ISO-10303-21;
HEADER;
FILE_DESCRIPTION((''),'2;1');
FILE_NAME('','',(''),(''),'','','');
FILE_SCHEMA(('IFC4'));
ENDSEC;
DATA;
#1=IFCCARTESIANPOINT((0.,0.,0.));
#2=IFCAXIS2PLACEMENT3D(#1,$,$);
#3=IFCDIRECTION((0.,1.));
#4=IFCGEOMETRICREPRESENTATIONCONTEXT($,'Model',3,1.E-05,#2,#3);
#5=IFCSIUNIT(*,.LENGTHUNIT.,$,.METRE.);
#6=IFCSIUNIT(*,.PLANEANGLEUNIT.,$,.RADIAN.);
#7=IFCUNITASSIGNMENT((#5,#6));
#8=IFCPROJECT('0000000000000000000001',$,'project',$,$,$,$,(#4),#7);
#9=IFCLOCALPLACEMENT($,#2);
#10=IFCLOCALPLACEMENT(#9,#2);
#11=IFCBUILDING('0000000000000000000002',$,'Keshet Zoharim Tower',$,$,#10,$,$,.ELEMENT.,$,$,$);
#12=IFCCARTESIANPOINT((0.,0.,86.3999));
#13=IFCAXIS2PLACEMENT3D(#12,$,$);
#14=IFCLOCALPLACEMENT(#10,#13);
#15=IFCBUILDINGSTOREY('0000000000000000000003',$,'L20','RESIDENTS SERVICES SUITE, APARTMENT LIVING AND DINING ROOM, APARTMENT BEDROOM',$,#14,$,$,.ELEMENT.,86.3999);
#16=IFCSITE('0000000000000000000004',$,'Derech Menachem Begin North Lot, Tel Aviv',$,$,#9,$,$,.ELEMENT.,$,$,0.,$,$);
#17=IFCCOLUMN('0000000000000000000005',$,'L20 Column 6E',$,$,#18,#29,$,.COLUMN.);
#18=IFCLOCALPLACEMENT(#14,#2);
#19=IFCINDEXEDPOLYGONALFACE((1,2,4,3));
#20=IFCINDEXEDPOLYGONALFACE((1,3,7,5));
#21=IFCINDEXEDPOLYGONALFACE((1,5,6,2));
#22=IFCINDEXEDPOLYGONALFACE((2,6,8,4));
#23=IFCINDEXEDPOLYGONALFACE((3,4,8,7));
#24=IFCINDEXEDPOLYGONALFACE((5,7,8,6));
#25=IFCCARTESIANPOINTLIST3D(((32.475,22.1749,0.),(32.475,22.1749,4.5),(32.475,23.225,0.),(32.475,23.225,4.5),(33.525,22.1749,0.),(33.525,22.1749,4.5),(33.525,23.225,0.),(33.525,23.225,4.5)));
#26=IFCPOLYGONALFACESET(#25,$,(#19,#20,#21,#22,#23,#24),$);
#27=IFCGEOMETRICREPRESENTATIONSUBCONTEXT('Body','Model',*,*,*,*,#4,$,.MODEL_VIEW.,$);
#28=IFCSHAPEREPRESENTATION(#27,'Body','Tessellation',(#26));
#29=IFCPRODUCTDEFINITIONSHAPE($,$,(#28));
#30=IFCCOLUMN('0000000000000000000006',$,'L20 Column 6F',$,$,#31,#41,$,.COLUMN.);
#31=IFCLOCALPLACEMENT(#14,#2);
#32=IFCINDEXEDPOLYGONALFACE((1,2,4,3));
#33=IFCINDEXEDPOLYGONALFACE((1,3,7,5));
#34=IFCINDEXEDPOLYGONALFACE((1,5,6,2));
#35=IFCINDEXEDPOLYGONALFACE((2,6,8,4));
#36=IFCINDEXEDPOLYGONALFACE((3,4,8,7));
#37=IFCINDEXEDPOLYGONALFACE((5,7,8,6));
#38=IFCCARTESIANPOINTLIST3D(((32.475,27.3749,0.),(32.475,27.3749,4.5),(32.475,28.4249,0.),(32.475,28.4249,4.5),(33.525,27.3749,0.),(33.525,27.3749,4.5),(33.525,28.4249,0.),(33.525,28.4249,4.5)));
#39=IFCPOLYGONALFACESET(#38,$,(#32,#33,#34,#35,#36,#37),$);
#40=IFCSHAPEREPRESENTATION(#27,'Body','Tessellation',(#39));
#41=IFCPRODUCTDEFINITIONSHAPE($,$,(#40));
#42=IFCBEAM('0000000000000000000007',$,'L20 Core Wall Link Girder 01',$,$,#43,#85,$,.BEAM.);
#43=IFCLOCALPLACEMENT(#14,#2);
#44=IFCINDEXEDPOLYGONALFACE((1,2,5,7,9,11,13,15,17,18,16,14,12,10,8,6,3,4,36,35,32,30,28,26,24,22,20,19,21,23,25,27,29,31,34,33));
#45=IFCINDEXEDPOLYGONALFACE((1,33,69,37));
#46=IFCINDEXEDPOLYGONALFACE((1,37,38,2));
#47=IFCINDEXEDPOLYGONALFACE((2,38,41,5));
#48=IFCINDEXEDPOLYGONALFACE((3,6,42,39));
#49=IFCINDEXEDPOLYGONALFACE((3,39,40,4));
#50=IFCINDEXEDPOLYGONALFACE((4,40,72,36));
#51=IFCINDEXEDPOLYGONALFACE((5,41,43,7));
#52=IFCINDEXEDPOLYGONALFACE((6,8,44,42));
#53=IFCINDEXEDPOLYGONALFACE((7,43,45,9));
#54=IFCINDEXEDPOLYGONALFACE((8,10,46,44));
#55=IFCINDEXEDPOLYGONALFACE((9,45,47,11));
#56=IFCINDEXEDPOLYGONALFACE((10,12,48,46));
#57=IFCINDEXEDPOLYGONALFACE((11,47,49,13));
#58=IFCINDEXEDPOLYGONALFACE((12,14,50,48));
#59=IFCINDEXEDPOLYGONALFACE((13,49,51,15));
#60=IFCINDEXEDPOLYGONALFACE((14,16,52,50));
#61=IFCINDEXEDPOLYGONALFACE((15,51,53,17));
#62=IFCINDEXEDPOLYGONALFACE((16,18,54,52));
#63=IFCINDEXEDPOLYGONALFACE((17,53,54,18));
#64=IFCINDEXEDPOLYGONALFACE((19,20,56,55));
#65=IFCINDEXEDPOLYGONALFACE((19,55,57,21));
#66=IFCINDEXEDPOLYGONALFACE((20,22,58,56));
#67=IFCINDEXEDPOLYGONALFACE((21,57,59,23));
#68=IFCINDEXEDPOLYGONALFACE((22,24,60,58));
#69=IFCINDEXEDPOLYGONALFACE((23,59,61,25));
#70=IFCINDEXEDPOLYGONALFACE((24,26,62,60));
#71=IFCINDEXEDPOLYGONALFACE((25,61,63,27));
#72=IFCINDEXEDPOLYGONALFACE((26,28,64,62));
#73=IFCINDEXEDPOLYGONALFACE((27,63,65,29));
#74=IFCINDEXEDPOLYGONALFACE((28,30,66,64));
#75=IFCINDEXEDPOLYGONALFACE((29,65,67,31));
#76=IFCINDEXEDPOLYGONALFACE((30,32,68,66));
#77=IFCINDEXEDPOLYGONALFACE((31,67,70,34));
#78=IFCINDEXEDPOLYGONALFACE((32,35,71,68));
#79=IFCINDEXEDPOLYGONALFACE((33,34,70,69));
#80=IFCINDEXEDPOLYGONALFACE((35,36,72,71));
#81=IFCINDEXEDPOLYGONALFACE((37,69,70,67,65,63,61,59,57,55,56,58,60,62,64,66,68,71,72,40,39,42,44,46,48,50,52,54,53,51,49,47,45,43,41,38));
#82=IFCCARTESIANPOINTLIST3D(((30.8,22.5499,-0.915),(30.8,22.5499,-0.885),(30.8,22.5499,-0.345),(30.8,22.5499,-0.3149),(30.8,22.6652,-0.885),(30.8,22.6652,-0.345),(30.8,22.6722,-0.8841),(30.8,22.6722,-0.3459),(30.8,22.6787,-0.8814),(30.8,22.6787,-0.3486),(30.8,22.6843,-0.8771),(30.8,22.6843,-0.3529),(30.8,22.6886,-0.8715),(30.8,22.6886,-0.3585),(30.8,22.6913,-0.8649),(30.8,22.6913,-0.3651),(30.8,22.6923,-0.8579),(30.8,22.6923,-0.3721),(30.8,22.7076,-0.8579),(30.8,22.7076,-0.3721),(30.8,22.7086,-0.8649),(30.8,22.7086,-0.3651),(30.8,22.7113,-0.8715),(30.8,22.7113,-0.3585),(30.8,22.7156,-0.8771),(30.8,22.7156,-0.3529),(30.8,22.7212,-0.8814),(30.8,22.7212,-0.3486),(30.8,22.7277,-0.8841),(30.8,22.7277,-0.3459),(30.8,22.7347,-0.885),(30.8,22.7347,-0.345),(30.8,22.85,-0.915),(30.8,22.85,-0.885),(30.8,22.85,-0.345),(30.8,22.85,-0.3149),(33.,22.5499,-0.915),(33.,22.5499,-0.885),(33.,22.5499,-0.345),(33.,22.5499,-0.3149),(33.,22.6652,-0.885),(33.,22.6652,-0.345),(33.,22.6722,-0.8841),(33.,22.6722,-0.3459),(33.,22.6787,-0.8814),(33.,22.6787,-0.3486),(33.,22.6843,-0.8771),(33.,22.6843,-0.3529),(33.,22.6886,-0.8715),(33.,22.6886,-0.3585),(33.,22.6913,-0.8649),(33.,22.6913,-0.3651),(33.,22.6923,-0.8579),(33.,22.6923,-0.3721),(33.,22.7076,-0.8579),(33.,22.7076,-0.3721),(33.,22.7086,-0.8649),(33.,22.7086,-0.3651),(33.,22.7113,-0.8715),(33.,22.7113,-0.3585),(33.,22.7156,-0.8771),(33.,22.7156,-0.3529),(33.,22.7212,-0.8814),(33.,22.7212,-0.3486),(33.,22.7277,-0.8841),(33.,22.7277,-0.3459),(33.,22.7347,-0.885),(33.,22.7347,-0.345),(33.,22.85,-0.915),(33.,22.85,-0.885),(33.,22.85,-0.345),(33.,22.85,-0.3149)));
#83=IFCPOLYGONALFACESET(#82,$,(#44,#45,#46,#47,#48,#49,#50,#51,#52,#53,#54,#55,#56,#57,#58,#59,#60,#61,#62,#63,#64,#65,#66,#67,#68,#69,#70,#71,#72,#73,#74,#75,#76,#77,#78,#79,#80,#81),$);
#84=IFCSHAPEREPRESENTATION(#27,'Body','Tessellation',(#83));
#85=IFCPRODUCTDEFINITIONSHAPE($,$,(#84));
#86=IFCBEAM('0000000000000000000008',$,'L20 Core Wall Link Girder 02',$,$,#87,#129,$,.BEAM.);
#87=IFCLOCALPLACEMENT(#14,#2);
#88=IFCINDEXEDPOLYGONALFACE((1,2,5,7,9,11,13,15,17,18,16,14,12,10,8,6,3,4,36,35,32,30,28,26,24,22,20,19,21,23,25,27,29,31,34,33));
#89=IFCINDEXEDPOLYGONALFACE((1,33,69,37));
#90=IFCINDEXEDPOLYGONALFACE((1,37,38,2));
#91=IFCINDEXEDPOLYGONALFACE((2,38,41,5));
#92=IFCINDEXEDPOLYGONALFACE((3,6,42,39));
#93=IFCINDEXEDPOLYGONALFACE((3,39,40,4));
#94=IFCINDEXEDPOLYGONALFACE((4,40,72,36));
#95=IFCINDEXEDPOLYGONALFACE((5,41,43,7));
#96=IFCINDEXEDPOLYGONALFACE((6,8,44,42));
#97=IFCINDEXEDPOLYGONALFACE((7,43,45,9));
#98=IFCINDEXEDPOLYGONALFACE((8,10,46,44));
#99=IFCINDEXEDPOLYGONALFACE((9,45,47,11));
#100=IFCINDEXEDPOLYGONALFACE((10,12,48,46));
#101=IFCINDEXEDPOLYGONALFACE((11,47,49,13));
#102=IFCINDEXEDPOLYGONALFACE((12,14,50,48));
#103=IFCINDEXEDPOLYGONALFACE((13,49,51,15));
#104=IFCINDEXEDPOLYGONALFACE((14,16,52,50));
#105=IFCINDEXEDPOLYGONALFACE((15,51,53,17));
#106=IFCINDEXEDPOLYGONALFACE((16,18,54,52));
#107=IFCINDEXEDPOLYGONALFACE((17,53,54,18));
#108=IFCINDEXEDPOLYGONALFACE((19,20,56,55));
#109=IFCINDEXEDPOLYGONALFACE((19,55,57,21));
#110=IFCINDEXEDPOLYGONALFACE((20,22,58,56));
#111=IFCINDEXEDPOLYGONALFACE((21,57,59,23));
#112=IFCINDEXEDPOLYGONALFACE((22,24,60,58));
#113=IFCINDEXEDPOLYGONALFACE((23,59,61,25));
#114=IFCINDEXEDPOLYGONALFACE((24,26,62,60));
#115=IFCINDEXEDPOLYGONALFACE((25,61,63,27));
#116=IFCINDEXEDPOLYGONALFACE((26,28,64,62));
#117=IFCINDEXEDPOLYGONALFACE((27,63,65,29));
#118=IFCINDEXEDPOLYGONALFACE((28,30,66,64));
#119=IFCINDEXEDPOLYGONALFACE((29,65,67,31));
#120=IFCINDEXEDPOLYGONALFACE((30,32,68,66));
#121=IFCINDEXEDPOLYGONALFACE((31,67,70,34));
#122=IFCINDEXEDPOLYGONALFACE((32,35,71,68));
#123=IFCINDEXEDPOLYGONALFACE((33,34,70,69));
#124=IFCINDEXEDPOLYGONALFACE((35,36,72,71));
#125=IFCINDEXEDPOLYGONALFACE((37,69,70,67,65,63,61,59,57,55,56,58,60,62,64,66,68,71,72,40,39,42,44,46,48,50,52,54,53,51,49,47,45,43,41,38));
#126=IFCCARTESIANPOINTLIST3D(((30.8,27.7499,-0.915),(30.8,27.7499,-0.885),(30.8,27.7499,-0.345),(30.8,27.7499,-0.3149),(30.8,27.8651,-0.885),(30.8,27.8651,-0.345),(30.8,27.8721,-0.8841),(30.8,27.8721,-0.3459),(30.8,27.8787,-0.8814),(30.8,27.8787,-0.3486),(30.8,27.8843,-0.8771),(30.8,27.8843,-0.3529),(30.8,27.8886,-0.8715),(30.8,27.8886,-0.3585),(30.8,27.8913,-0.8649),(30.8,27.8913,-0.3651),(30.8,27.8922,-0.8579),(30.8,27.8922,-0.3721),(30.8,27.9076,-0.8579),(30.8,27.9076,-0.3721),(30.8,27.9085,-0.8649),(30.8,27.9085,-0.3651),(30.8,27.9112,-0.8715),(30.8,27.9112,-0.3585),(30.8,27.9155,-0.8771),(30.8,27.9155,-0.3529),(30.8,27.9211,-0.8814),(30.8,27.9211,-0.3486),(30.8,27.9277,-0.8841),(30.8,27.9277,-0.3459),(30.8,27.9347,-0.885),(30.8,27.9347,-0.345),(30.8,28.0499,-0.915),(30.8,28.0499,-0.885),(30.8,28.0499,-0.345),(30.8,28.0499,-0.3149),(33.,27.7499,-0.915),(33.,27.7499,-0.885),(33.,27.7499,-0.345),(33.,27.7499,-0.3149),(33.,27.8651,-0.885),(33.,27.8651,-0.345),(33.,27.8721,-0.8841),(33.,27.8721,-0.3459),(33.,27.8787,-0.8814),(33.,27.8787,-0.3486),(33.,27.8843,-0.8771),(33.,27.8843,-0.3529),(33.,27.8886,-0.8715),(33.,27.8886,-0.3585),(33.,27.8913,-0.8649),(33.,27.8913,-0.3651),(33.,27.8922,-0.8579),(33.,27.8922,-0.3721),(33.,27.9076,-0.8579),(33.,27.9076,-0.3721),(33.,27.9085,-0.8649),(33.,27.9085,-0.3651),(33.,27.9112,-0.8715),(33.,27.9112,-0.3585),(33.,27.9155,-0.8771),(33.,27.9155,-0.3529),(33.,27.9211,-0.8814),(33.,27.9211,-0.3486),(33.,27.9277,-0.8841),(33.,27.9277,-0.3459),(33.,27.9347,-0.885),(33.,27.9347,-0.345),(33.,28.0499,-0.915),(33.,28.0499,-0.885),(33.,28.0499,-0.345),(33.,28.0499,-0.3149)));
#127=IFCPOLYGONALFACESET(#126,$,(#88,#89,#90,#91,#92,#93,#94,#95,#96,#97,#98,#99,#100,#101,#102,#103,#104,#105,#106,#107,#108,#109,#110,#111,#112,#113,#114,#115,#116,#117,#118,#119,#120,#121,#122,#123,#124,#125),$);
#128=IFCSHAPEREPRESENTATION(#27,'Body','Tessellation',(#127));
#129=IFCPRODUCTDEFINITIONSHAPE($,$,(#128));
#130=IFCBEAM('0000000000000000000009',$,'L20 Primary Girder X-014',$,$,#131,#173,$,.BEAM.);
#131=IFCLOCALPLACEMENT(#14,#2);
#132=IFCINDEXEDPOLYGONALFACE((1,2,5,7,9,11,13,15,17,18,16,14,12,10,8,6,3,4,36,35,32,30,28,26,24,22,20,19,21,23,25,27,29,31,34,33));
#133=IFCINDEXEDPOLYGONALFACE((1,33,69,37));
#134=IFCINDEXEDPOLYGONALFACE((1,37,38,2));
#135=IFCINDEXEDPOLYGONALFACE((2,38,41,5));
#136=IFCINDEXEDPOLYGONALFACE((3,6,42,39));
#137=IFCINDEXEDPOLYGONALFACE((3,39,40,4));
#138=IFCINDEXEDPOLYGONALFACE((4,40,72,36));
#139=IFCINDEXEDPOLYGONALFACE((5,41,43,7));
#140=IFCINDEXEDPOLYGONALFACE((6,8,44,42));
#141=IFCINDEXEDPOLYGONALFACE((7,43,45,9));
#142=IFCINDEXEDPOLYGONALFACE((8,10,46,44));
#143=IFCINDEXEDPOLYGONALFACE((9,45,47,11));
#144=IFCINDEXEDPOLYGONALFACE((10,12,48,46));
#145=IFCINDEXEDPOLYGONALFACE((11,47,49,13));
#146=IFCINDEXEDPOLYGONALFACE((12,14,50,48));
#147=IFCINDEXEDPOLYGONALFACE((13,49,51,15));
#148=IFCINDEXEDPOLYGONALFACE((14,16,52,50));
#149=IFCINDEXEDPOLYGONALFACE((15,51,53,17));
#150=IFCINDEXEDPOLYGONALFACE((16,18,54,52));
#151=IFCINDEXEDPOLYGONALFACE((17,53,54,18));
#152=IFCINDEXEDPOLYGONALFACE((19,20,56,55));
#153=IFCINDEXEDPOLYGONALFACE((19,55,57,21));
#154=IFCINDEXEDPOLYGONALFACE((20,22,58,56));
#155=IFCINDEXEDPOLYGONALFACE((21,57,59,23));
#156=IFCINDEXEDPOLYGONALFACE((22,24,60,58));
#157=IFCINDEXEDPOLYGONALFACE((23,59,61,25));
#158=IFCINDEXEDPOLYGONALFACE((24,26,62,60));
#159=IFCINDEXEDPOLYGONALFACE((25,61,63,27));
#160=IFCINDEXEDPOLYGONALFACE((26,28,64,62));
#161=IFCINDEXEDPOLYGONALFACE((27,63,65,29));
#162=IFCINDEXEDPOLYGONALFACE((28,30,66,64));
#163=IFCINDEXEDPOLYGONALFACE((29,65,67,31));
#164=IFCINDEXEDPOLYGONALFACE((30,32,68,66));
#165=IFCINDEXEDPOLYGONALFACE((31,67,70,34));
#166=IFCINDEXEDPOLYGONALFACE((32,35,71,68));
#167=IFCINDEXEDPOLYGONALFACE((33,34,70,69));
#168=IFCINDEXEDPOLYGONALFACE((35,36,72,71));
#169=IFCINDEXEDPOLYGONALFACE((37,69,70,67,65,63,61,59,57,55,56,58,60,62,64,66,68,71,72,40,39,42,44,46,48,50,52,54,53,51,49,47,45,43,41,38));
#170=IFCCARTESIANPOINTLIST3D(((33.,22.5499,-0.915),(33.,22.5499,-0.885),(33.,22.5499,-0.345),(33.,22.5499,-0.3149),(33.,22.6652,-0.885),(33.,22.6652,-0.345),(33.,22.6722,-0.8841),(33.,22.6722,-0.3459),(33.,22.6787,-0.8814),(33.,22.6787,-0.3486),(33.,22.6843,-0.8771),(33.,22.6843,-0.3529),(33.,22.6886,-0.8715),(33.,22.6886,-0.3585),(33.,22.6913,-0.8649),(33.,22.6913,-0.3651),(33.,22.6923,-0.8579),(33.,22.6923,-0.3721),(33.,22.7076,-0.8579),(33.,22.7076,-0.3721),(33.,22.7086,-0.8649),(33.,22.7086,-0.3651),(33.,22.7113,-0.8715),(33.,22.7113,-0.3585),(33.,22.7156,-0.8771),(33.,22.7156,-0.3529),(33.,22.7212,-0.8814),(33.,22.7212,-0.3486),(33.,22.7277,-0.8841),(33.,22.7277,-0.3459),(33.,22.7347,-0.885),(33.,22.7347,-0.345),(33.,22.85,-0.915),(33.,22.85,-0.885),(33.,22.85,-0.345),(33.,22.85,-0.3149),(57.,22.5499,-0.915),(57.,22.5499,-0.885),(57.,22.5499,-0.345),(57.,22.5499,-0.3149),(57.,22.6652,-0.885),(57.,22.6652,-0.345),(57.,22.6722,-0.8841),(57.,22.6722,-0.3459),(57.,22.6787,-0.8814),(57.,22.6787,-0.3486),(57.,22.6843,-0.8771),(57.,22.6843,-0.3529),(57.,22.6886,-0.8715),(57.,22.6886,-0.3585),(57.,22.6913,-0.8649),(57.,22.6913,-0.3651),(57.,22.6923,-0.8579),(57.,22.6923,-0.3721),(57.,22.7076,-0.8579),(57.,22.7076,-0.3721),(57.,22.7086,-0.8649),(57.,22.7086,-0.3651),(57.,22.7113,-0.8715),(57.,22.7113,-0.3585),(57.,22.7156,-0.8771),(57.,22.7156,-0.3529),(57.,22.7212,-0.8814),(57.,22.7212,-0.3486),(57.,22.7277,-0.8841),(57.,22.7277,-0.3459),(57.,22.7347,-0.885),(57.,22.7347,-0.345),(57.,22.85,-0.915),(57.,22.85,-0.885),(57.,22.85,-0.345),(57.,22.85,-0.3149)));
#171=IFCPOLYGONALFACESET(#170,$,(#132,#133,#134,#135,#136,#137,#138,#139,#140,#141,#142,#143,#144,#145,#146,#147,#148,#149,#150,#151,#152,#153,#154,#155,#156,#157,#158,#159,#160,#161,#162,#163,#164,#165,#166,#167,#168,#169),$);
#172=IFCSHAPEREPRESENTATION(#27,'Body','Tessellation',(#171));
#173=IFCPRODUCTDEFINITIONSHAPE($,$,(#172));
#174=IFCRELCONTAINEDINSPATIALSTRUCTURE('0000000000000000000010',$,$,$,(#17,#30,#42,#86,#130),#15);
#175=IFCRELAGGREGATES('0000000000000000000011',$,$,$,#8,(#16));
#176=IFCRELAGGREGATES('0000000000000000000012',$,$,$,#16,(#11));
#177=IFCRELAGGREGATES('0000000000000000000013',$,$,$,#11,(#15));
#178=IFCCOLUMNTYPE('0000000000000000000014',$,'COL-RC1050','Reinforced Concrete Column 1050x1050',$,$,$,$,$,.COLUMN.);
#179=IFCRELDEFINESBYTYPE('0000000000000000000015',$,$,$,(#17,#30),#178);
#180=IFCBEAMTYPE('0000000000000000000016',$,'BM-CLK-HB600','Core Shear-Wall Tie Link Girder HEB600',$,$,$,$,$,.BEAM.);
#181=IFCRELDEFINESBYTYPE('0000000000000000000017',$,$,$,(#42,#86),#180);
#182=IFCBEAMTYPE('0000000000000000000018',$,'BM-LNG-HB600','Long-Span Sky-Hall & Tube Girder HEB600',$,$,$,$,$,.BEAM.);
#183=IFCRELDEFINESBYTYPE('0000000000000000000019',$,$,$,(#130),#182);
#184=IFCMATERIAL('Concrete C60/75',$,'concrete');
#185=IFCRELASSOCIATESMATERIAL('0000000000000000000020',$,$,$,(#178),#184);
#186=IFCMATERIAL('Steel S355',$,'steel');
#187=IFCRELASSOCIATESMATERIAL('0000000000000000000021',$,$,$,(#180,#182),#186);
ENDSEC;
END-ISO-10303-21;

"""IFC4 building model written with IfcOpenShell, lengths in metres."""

from ifc_helpers import new_model, si_unit, direction, frame, origin, origin_2d, place, context, subcontext, project, spatial, rectangle, i_section, extrude, material, material_profile, profile_set, type_object, element, save


model = new_model("IFC4")

# Units and contexts
model_context = context("Model", 3, precision=1e-05, world=origin(), true_north=direction((0.0, 1.0)))
body_context = subcontext(model_context, "Body", "Model", "MODEL_VIEW")
ifc_project = project(units=[si_unit("LENGTHUNIT", "METRE"), si_unit("PLANEANGLEUNIT", "RADIAN")], contexts=[model_context])

# Site, building, storey
site_placement = place(None, origin())
site = spatial("IfcSite", under=ifc_project, at=site_placement, Name="Derech Menachem Begin North Lot, Tel Aviv", CompositionType="ELEMENT", RefElevation=0.0)
building_placement = place(site_placement, origin())
building = spatial("IfcBuilding", under=site, at=building_placement, Name="Keshet Zoharim Tower", CompositionType="ELEMENT")
storey_placement = place(building_placement, frame((0.0, 0.0, 86.3999)))
storey = spatial("IfcBuildingStorey", under=building, at=storey_placement, Name="L20", Description="RESIDENTS SERVICES SUITE, APARTMENT LIVING AND DINING ROOM, APARTMENT BEDROOM", CompositionType="ELEMENT", Elevation=86.3999)

# Columns
ifc_material_1 = material(Name="Concrete C60/75", Category="concrete")
ifc_material_profile_1 = material_profile(ifc_material_1, rectangle(XDim=1.05, YDim=1.05, at=origin_2d()), Name="RC1050x1050")
ifc_profile_set_1 = profile_set([ifc_material_profile_1], Name="Concrete C60/75")
column_type = type_object("IfcColumnType", Name="COL-RC1050", Description="Reinforced Concrete Column 1050x1050", PredefinedType="COLUMN", material=ifc_profile_set_1)
for number, where, z_axis, x_axis, name in (
    (1, (33.0, 22.7, 0.0), (0.0, 0.0, 1.0), (1.0, 0.0, 0.0), "L20 Column 6E"),
    (2, (33.0, 27.8999, 0.0), (0.0, 0.0, 1.0), (1.0, 0.0, 0.0), "L20 Column 6F"),
):
    element("IfcColumn", number, at=place(storey_placement, frame(where, z_axis=z_axis, x_axis=x_axis)), inside=storey, type_object=column_type, Name=name, PredefinedType="COLUMN", context=body_context, shape_type="SweptSolid", body=[
        extrude(rectangle(XDim=1.05, YDim=1.05, at=origin_2d()), origin(), (0.0, 0.0, 1.0), 4.5),
    ])

# Beams
ifc_material_2 = material(Name="Steel S355", Category="steel")
ifc_material_profile_2 = material_profile(ifc_material_2, i_section(OverallWidth=0.3, OverallDepth=0.6001, WebThickness=0.0154, FlangeThickness=0.03, FilletRadius=0.0271, at=origin_2d()), Name="HEB600")
ifc_profile_set_2 = profile_set([ifc_material_profile_2], Name="Steel S355")
beam_type_1 = type_object("IfcBeamType", Name="BM-CLK-HB600", Description="Core Shear-Wall Tie Link Girder HEB600", PredefinedType="BEAM", material=ifc_profile_set_2)
for number, where, z_axis, x_axis, name in (
    (3, (30.8, 22.7, -0.615), (1.0, 0.0, 0.0), (0.0, 1.0, 0.0), "L20 Core Wall Link Girder 01"),
    (4, (30.8, 27.8999, -0.615), (1.0, 0.0, 0.0), (0.0, 1.0, 0.0), "L20 Core Wall Link Girder 02"),
):
    element("IfcBeam", number, at=place(storey_placement, frame(where, z_axis=z_axis, x_axis=x_axis)), inside=storey, type_object=beam_type_1, Name=name, PredefinedType="BEAM", context=body_context, shape_type="SweptSolid", body=[
        extrude(i_section(OverallWidth=0.3, OverallDepth=0.6001, WebThickness=0.0154, FlangeThickness=0.03, FilletRadius=0.0271, at=origin_2d()), origin(), (0.0, 0.0, 1.0), 2.2),
    ])
ifc_material_profile_3 = material_profile(ifc_material_2, i_section(OverallWidth=0.3, OverallDepth=0.6001, WebThickness=0.0154, FlangeThickness=0.03, FilletRadius=0.0271, at=origin_2d()), Name="HEB600")
ifc_profile_set_3 = profile_set([ifc_material_profile_3], Name="Steel S355")
beam_type_2 = type_object("IfcBeamType", Name="BM-LNG-HB600", Description="Long-Span Sky-Hall & Tube Girder HEB600", PredefinedType="BEAM", material=ifc_profile_set_3)
beam_1_placement = place(storey_placement, frame((33.0, 22.7, -0.615), z_axis=(1.0, 0.0, 0.0), x_axis=(0.0, 1.0, 0.0)))
element("IfcBeam", 5, at=beam_1_placement, inside=storey, type_object=beam_type_2, Name="L20 Primary Girder X-014", PredefinedType="BEAM", context=body_context, shape_type="SweptSolid", body=[
    extrude(i_section(OverallWidth=0.3, OverallDepth=0.6001, WebThickness=0.0154, FlangeThickness=0.03, FilletRadius=0.0271, at=origin_2d()), origin(), (0.0, 0.0, 1.0), 24.0),
])

save(model, "model.ifc")
